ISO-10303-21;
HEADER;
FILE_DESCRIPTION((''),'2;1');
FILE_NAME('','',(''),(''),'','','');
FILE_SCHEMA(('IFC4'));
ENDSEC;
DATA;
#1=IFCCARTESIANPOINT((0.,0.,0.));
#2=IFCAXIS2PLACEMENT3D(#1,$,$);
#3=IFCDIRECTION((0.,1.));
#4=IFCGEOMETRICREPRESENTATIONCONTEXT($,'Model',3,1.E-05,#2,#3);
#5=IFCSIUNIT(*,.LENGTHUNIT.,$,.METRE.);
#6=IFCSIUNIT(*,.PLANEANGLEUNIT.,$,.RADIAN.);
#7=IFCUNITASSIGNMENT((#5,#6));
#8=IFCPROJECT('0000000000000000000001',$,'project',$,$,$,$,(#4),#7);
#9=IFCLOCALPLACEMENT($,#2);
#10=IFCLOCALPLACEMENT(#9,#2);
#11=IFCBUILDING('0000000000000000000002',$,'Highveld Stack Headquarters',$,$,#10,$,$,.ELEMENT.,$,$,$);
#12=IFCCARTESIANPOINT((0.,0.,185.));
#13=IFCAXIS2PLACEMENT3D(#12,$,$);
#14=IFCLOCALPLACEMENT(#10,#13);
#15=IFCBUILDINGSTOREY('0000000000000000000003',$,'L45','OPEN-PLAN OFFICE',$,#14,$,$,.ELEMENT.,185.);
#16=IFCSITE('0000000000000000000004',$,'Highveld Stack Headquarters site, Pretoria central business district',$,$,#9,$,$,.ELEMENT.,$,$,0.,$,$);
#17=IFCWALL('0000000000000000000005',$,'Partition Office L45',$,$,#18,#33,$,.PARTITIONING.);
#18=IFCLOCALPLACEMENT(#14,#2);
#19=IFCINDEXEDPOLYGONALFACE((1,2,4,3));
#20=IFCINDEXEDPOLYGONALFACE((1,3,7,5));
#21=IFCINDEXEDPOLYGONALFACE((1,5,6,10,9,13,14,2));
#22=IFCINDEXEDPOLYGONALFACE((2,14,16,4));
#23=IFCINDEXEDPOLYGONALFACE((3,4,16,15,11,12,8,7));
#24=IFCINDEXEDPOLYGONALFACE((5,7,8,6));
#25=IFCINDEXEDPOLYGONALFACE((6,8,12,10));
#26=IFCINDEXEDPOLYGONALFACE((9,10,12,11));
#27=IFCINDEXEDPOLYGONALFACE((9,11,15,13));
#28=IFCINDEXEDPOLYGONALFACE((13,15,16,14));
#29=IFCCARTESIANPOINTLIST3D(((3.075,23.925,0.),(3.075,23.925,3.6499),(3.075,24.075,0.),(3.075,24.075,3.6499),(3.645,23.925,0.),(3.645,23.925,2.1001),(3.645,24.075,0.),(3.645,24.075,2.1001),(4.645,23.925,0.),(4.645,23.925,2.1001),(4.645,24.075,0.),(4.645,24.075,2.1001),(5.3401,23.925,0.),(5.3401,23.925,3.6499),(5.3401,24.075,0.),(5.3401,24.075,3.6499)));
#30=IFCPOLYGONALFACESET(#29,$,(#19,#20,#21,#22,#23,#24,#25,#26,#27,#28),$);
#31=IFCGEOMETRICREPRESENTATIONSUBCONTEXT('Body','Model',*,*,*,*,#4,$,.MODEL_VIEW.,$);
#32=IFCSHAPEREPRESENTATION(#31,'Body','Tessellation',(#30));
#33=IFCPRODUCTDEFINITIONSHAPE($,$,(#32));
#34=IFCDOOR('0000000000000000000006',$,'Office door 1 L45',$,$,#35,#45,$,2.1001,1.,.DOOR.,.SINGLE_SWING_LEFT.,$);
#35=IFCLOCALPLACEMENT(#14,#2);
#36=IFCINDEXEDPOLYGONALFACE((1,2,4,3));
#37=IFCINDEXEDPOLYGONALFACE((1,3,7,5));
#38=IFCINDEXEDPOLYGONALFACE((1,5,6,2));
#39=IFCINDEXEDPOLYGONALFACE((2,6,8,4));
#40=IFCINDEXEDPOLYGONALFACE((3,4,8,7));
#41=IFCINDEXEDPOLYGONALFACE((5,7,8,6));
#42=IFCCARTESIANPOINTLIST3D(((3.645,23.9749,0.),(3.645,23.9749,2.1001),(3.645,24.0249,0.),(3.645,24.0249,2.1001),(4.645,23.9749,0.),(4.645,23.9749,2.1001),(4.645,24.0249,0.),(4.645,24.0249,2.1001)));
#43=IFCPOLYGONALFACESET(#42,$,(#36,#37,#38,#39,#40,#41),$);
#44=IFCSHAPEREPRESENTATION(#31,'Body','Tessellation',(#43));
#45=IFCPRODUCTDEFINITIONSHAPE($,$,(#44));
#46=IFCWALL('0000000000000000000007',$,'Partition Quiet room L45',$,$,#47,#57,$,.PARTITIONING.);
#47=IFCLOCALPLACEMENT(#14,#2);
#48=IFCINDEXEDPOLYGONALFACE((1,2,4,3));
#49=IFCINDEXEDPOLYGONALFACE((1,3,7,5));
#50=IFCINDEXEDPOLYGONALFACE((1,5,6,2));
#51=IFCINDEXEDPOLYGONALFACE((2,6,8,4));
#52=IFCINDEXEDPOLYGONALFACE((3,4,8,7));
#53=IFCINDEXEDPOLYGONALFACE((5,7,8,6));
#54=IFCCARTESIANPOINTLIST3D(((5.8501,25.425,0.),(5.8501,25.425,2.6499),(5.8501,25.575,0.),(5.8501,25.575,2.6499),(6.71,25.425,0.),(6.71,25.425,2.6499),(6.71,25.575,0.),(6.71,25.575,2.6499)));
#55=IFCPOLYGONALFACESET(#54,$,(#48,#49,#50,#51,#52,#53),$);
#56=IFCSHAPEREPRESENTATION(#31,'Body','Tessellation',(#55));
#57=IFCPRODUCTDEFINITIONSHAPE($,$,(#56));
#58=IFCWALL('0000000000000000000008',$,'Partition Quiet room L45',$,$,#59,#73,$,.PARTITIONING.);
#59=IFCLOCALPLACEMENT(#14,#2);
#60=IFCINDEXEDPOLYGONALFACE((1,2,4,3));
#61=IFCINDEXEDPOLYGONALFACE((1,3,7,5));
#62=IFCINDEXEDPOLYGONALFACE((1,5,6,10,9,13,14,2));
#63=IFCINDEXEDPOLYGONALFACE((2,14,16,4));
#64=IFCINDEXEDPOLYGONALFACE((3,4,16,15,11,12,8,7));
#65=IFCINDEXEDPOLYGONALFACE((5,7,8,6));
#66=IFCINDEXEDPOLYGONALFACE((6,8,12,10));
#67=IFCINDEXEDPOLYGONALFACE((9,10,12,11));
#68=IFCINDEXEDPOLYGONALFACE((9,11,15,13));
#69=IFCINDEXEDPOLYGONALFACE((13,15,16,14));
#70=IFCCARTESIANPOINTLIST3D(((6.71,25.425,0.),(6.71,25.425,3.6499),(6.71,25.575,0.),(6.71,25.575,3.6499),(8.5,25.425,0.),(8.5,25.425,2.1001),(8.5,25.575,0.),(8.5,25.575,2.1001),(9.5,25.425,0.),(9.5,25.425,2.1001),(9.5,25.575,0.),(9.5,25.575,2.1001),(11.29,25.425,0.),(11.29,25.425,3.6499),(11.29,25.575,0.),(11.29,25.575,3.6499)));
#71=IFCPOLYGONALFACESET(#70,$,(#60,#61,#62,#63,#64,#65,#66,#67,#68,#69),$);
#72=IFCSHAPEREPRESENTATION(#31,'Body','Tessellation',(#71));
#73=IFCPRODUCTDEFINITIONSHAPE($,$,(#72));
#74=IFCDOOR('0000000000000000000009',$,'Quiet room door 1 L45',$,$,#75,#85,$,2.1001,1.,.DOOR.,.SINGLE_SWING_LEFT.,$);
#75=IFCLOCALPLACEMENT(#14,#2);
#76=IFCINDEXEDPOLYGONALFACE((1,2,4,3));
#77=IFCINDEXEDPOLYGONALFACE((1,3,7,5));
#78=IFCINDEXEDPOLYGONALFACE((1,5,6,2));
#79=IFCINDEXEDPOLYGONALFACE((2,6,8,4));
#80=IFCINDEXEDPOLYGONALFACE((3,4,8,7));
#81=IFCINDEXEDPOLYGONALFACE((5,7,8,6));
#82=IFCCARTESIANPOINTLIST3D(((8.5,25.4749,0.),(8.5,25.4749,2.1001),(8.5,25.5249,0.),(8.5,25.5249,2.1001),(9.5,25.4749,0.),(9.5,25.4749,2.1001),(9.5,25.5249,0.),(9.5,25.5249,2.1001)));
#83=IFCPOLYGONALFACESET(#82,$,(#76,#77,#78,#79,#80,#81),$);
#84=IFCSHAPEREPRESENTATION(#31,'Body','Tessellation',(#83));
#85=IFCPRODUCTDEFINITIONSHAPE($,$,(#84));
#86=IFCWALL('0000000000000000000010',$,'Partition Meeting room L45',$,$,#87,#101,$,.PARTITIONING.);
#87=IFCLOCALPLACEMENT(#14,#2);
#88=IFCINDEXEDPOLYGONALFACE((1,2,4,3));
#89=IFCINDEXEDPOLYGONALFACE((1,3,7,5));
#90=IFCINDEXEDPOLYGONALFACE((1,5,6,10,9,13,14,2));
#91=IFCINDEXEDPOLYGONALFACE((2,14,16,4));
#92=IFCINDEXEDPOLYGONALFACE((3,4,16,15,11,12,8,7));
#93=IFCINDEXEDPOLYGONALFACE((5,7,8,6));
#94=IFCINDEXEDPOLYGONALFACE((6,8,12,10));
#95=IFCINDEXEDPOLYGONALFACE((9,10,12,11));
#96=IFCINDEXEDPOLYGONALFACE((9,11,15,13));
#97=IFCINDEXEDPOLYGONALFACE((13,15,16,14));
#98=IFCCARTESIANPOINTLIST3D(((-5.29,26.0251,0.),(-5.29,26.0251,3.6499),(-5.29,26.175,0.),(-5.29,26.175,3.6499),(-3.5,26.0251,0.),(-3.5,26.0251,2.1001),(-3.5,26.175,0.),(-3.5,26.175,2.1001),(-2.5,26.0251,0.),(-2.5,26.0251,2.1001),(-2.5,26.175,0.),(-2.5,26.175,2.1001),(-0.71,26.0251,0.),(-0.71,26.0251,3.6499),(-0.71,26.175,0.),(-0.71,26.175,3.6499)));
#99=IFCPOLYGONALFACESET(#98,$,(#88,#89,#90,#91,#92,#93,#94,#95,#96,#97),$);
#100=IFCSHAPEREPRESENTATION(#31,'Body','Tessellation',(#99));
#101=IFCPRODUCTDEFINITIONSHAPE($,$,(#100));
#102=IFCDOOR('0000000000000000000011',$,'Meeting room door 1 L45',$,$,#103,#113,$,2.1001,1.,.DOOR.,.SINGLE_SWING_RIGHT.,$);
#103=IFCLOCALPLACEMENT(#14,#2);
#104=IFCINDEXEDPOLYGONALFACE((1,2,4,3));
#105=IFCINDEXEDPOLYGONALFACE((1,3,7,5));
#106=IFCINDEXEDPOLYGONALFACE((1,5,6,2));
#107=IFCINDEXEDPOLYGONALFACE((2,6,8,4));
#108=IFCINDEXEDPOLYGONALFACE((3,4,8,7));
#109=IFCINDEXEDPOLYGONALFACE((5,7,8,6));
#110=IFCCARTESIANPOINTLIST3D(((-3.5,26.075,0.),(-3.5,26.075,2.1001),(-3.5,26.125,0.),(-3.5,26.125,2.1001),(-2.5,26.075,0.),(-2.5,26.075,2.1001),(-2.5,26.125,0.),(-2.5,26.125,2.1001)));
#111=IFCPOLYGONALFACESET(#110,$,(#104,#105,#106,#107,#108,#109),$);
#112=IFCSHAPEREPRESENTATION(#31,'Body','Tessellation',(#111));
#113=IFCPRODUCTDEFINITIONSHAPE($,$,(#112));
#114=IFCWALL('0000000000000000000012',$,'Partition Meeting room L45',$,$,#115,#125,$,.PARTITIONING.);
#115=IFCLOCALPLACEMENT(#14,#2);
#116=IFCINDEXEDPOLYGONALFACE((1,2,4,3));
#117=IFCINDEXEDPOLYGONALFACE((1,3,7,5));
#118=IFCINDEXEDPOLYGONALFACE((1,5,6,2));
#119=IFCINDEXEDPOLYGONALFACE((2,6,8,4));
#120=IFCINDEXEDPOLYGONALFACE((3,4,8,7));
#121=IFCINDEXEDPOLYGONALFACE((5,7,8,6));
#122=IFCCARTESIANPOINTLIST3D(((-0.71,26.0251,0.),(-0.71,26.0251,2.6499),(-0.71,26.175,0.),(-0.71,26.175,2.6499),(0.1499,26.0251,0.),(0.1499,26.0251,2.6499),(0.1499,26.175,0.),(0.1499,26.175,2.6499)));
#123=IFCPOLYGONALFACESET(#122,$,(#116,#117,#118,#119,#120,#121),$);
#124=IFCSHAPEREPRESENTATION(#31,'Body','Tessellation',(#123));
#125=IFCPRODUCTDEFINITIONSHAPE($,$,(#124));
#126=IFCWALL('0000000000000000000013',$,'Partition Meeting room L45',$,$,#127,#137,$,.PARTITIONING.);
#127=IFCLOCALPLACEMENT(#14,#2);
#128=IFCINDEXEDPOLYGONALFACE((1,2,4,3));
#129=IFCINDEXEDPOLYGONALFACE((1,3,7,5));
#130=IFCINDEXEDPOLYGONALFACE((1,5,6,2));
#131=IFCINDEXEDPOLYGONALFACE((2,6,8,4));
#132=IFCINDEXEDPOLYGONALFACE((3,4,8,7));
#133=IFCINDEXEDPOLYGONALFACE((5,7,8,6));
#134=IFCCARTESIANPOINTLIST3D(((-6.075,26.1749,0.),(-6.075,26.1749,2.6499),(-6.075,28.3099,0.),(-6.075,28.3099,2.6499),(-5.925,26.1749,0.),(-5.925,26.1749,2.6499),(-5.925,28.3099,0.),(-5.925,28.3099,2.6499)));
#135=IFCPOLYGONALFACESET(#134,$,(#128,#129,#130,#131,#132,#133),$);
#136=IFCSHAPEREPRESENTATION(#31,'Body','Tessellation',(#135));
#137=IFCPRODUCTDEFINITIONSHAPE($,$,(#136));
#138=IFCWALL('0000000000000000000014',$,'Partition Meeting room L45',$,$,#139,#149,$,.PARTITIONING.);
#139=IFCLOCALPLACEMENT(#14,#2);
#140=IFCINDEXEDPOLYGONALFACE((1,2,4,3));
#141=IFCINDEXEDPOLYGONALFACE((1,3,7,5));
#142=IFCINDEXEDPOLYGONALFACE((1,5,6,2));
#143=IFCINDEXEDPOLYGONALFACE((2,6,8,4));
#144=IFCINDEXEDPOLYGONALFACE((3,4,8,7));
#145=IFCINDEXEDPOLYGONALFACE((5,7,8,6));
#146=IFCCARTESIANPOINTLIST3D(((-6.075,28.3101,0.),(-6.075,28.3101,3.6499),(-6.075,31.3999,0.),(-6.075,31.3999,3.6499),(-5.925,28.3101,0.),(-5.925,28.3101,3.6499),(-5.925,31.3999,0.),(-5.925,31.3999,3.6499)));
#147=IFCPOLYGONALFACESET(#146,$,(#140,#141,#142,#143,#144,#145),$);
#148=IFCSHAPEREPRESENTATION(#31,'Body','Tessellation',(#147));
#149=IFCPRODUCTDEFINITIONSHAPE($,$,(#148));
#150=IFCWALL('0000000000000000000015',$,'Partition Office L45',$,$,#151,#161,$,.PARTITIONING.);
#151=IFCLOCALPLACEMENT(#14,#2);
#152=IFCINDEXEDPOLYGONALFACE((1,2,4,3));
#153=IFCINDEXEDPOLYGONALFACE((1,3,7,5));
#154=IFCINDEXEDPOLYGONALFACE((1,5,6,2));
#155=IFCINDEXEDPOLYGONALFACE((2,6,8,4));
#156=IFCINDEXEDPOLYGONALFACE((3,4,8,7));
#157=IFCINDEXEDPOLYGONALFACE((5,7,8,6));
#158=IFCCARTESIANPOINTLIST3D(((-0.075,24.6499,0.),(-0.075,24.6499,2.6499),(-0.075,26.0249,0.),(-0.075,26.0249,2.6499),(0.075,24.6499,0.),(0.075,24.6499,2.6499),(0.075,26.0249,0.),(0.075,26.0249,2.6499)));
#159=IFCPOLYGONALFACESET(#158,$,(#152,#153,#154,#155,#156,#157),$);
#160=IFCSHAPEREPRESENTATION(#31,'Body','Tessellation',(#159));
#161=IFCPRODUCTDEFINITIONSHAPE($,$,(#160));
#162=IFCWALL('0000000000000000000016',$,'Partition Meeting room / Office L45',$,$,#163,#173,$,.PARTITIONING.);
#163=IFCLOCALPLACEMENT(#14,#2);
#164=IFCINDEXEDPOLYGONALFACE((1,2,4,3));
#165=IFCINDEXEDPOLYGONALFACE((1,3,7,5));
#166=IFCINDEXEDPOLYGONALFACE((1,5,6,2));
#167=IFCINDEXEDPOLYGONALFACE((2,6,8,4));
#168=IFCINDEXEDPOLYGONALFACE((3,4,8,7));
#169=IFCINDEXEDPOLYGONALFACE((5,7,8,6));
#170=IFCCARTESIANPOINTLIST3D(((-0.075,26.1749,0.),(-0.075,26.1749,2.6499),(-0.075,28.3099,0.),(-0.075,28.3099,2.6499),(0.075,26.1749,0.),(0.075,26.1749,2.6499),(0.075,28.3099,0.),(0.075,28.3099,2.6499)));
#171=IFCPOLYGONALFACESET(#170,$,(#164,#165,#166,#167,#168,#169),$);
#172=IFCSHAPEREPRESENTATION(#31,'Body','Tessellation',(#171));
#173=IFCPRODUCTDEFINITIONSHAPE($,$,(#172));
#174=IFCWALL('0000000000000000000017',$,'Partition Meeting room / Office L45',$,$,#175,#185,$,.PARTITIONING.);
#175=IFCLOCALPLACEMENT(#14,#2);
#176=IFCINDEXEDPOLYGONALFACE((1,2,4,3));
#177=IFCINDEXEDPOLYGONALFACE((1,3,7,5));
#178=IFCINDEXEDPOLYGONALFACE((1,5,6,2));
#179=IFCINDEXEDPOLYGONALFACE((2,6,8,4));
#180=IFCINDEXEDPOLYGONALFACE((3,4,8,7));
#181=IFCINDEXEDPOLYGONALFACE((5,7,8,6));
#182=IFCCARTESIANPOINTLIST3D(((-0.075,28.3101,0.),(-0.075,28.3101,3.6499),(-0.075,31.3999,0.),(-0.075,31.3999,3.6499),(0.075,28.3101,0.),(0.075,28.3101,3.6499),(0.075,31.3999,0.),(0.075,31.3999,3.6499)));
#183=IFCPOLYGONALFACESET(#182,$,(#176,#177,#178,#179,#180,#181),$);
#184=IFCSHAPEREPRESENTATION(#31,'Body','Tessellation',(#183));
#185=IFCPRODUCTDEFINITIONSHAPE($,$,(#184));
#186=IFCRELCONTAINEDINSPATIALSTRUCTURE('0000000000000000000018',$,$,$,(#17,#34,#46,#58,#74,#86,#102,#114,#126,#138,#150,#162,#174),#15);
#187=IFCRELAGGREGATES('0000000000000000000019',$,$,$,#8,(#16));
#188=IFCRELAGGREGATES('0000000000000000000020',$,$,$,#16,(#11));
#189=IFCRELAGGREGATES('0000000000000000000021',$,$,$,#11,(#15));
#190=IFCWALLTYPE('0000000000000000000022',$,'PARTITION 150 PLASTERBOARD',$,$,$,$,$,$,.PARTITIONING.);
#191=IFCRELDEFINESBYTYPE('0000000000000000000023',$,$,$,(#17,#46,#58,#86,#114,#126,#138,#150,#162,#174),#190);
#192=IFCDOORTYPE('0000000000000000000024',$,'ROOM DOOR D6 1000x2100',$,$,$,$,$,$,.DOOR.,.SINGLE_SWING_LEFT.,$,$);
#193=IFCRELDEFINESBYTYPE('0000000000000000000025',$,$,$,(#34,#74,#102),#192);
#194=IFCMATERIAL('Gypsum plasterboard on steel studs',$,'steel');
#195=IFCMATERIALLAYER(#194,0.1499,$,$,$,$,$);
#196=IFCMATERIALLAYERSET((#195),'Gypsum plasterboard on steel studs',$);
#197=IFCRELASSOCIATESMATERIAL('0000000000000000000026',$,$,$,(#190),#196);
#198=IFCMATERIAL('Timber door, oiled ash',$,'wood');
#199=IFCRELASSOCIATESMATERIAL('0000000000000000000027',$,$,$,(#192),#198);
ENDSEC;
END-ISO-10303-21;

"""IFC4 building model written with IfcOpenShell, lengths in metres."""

from ifc_helpers import new_model, si_unit, direction, frame, frame_2d, origin, place, context, subcontext, project, spatial, rectangle, extrude, material, layer, layer_set, type_object, element, fill, save


model = new_model("IFC4")

# Units and contexts
model_context = context("Model", 3, precision=1e-05, world=origin(), true_north=direction((0.0, 1.0)))
body_context = subcontext(model_context, "Body", "Model", "MODEL_VIEW")
ifc_project = project(units=[si_unit("LENGTHUNIT", "METRE"), si_unit("PLANEANGLEUNIT", "RADIAN")], contexts=[model_context])

# Site, building, storey
site_placement = place(None, origin())
site = spatial("IfcSite", under=ifc_project, at=site_placement, Name="Highveld Stack Headquarters site, Pretoria central business district", CompositionType="ELEMENT", RefElevation=0.0)
building_placement = place(site_placement, origin())
building = spatial("IfcBuilding", under=site, at=building_placement, Name="Highveld Stack Headquarters", CompositionType="ELEMENT")
storey_placement = place(building_placement, frame((0.0, 0.0, 185.0)))
storey = spatial("IfcBuildingStorey", under=building, at=storey_placement, Name="L45", Description="OPEN-PLAN OFFICE", CompositionType="ELEMENT", Elevation=185.0)

# Wall, opening, door
ifc_material_1 = material(Name="Gypsum plasterboard on steel studs", Category="steel")
ifc_layer_1 = layer(ifc_material_1, 0.1499)
ifc_layer_set_1 = layer_set([ifc_layer_1], Name="Gypsum plasterboard on steel studs")
wall_type_1 = type_object("IfcWallType", Name="PARTITION 150 PLASTERBOARD", PredefinedType="PARTITIONING", material=ifc_layer_set_1)
ifc_material_2 = material(Name="Timber door, oiled ash", Category="wood")
door_type = type_object("IfcDoorType", Name="ROOM DOOR D6 1000x2100", OperationType="SINGLE_SWING_LEFT", PredefinedType="DOOR", material=ifc_material_2)
wall_1_placement = place(storey_placement, frame((3.075, 24.0, 0.0), z_axis=(0.0, 0.0, 1.0), x_axis=(1.0, 0.0, 0.0)))
wall_1 = element("IfcWall", 1, at=wall_1_placement, inside=storey, type_object=wall_type_1, Name="Partition Office L45", PredefinedType="PARTITIONING", context=body_context, shape_type="SweptSolid", body=[
    extrude(rectangle(XDim=2.2651, YDim=0.1499, at=frame_2d((1.1326, 0.0))), origin(), (0.0, 0.0, 1.0), 3.6499),
])
opening_1_placement = place(wall_1_placement, frame((0.5701, 0.0, 0.0)))
opening_1 = element("IfcOpeningElement", 2, at=opening_1_placement, cuts=wall_1, PredefinedType="OPENING", context=body_context, shape_type="SweptSolid", body=[
    extrude(rectangle(XDim=1.0, YDim=2.1001, at=frame_2d((0.5, 1.05))), frame((0.0, 0.085, 0.0), z_axis=(0.0, -1.0, 0.0), x_axis=(1.0, 0.0, 0.0)), (0.0, 0.0, 1.0), 0.1699),
])
door_1_placement = place(opening_1_placement, origin())
door_1 = element("IfcDoor", 3, at=door_1_placement, inside=storey, type_object=door_type, Name="Office door 1 L45", OperationType="SINGLE_SWING_LEFT", OverallHeight=2.1001, OverallWidth=1.0, PredefinedType="DOOR", context=body_context, shape_type="SweptSolid", body=[
    extrude(rectangle(XDim=1.0, YDim=2.1001, at=frame_2d((0.5, 1.05))), frame((0.0, 0.0249, 0.0), z_axis=(0.0, -1.0, 0.0), x_axis=(1.0, 0.0, 0.0)), (0.0, 0.0, 1.0), 0.05),
])
fill(opening_1, door_1)

# Wall
wall_2_placement = place(storey_placement, frame((5.8501, 25.5, 0.0), z_axis=(0.0, 0.0, 1.0), x_axis=(1.0, 0.0, 0.0)))
element("IfcWall", 4, at=wall_2_placement, inside=storey, type_object=wall_type_1, Name="Partition Quiet room L45", PredefinedType="PARTITIONING", context=body_context, shape_type="SweptSolid", body=[
    extrude(rectangle(XDim=0.8599, YDim=0.1499, at=frame_2d((0.4299, 0.0))), origin(), (0.0, 0.0, 1.0), 2.6499),
])

# Walls, openings, doors
wall_3_placement = place(storey_placement, frame((6.71, 25.5, 0.0), z_axis=(0.0, 0.0, 1.0), x_axis=(1.0, 0.0, 0.0)))
wall_3 = element("IfcWall", 5, at=wall_3_placement, inside=storey, type_object=wall_type_1, Name="Partition Quiet room L45", PredefinedType="PARTITIONING", context=body_context, shape_type="SweptSolid", body=[
    extrude(rectangle(XDim=4.5801, YDim=0.1499, at=frame_2d((2.29, 0.0))), origin(), (0.0, 0.0, 1.0), 3.6499),
])
opening_2_placement = place(wall_3_placement, frame((1.79, 0.0, 0.0)))
opening_2 = element("IfcOpeningElement", 6, at=opening_2_placement, cuts=wall_3, PredefinedType="OPENING", context=body_context, shape_type="SweptSolid", body=[
    extrude(rectangle(XDim=1.0, YDim=2.1001, at=frame_2d((0.5, 1.05))), frame((0.0, 0.085, 0.0), z_axis=(0.0, -1.0, 0.0), x_axis=(1.0, 0.0, 0.0)), (0.0, 0.0, 1.0), 0.1699),
])
door_2_placement = place(opening_2_placement, origin())
door_2 = element("IfcDoor", 7, at=door_2_placement, inside=storey, type_object=door_type, Name="Quiet room door 1 L45", OperationType="SINGLE_SWING_LEFT", OverallHeight=2.1001, OverallWidth=1.0, PredefinedType="DOOR", context=body_context, shape_type="SweptSolid", body=[
    extrude(rectangle(XDim=1.0, YDim=2.1001, at=frame_2d((0.5, 1.05))), frame((0.0, 0.0249, 0.0), z_axis=(0.0, -1.0, 0.0), x_axis=(1.0, 0.0, 0.0)), (0.0, 0.0, 1.0), 0.05),
])
fill(opening_2, door_2)
wall_4_placement = place(storey_placement, frame((-5.29, 26.1001, 0.0), z_axis=(0.0, 0.0, 1.0), x_axis=(1.0, 0.0, 0.0)))
wall_4 = element("IfcWall", 8, at=wall_4_placement, inside=storey, type_object=wall_type_1, Name="Partition Meeting room L45", PredefinedType="PARTITIONING", context=body_context, shape_type="SweptSolid", body=[
    extrude(rectangle(XDim=4.5801, YDim=0.1499, at=frame_2d((2.29, 0.0))), origin(), (0.0, 0.0, 1.0), 3.6499),
])
opening_3_placement = place(wall_4_placement, frame((1.79, 0.0, 0.0)))
opening_3 = element("IfcOpeningElement", 9, at=opening_3_placement, cuts=wall_4, PredefinedType="OPENING", context=body_context, shape_type="SweptSolid", body=[
    extrude(rectangle(XDim=1.0, YDim=2.1001, at=frame_2d((0.5, 1.05))), frame((0.0, 0.085, 0.0), z_axis=(0.0, -1.0, 0.0), x_axis=(1.0, 0.0, 0.0)), (0.0, 0.0, 1.0), 0.1699),
])
door_3_placement = place(opening_3_placement, origin())
door_3 = element("IfcDoor", 10, at=door_3_placement, inside=storey, type_object=door_type, Name="Meeting room door 1 L45", OperationType="SINGLE_SWING_RIGHT", OverallHeight=2.1001, OverallWidth=1.0, PredefinedType="DOOR", context=body_context, shape_type="SweptSolid", body=[
    extrude(rectangle(XDim=1.0, YDim=2.1001, at=frame_2d((0.5, 1.05))), frame((0.0, 0.0249, 0.0), z_axis=(0.0, -1.0, 0.0), x_axis=(1.0, 0.0, 0.0)), (0.0, 0.0, 1.0), 0.05),
])
fill(opening_3, door_3)

# Walls
wall_5_placement = place(storey_placement, frame((-0.71, 26.1001, 0.0), z_axis=(0.0, 0.0, 1.0), x_axis=(1.0, 0.0, 0.0)))
element("IfcWall", 11, at=wall_5_placement, inside=storey, type_object=wall_type_1, Name="Partition Meeting room L45", PredefinedType="PARTITIONING", context=body_context, shape_type="SweptSolid", body=[
    extrude(rectangle(XDim=0.8599, YDim=0.1499, at=frame_2d((0.4299, 0.0))), origin(), (0.0, 0.0, 1.0), 2.6499),
])
wall_6_placement = place(storey_placement, frame((-6.0, 26.175, 0.0), z_axis=(0.0, 0.0, 1.0), x_axis=(0.0, 1.0, 0.0)))
element("IfcWall", 12, at=wall_6_placement, inside=storey, type_object=wall_type_1, Name="Partition Meeting room L45", PredefinedType="PARTITIONING", context=body_context, shape_type="SweptSolid", body=[
    extrude(rectangle(XDim=2.135, YDim=0.1499, at=frame_2d((1.0674, 0.0))), origin(), (0.0, 0.0, 1.0), 2.6499),
])
wall_7_placement = place(storey_placement, frame((-6.0, 28.3101, 0.0), z_axis=(0.0, 0.0, 1.0), x_axis=(0.0, 1.0, 0.0)))
element("IfcWall", 13, at=wall_7_placement, inside=storey, type_object=wall_type_1, Name="Partition Meeting room L45", PredefinedType="PARTITIONING", context=body_context, shape_type="SweptSolid", body=[
    extrude(rectangle(XDim=3.0898, YDim=0.1499, at=frame_2d((1.5449, 0.0))), origin(), (0.0, 0.0, 1.0), 3.6499),
])
wall_8_placement = place(storey_placement, frame((0.0, 24.6499, 0.0), z_axis=(0.0, 0.0, 1.0), x_axis=(0.0, 1.0, 0.0)))
element("IfcWall", 14, at=wall_8_placement, inside=storey, type_object=wall_type_1, Name="Partition Office L45", PredefinedType="PARTITIONING", context=body_context, shape_type="SweptSolid", body=[
    extrude(rectangle(XDim=1.375, YDim=0.1499, at=frame_2d((0.6875, 0.0))), origin(), (0.0, 0.0, 1.0), 2.6499),
])
wall_9_placement = place(storey_placement, frame((0.0, 26.175, 0.0), z_axis=(0.0, 0.0, 1.0), x_axis=(0.0, 1.0, 0.0)))
element("IfcWall", 15, at=wall_9_placement, inside=storey, type_object=wall_type_1, Name="Partition Meeting room / Office L45", PredefinedType="PARTITIONING", context=body_context, shape_type="SweptSolid", body=[
    extrude(rectangle(XDim=2.135, YDim=0.1499, at=frame_2d((1.0674, 0.0))), origin(), (0.0, 0.0, 1.0), 2.6499),
])
wall_10_placement = place(storey_placement, frame((0.0, 28.3101, 0.0), z_axis=(0.0, 0.0, 1.0), x_axis=(0.0, 1.0, 0.0)))
element("IfcWall", 16, at=wall_10_placement, inside=storey, type_object=wall_type_1, Name="Partition Meeting room / Office L45", PredefinedType="PARTITIONING", context=body_context, shape_type="SweptSolid", body=[
    extrude(rectangle(XDim=3.0898, YDim=0.1499, at=frame_2d((1.5449, 0.0))), origin(), (0.0, 0.0, 1.0), 3.6499),
])

save(model, "model.ifc")
